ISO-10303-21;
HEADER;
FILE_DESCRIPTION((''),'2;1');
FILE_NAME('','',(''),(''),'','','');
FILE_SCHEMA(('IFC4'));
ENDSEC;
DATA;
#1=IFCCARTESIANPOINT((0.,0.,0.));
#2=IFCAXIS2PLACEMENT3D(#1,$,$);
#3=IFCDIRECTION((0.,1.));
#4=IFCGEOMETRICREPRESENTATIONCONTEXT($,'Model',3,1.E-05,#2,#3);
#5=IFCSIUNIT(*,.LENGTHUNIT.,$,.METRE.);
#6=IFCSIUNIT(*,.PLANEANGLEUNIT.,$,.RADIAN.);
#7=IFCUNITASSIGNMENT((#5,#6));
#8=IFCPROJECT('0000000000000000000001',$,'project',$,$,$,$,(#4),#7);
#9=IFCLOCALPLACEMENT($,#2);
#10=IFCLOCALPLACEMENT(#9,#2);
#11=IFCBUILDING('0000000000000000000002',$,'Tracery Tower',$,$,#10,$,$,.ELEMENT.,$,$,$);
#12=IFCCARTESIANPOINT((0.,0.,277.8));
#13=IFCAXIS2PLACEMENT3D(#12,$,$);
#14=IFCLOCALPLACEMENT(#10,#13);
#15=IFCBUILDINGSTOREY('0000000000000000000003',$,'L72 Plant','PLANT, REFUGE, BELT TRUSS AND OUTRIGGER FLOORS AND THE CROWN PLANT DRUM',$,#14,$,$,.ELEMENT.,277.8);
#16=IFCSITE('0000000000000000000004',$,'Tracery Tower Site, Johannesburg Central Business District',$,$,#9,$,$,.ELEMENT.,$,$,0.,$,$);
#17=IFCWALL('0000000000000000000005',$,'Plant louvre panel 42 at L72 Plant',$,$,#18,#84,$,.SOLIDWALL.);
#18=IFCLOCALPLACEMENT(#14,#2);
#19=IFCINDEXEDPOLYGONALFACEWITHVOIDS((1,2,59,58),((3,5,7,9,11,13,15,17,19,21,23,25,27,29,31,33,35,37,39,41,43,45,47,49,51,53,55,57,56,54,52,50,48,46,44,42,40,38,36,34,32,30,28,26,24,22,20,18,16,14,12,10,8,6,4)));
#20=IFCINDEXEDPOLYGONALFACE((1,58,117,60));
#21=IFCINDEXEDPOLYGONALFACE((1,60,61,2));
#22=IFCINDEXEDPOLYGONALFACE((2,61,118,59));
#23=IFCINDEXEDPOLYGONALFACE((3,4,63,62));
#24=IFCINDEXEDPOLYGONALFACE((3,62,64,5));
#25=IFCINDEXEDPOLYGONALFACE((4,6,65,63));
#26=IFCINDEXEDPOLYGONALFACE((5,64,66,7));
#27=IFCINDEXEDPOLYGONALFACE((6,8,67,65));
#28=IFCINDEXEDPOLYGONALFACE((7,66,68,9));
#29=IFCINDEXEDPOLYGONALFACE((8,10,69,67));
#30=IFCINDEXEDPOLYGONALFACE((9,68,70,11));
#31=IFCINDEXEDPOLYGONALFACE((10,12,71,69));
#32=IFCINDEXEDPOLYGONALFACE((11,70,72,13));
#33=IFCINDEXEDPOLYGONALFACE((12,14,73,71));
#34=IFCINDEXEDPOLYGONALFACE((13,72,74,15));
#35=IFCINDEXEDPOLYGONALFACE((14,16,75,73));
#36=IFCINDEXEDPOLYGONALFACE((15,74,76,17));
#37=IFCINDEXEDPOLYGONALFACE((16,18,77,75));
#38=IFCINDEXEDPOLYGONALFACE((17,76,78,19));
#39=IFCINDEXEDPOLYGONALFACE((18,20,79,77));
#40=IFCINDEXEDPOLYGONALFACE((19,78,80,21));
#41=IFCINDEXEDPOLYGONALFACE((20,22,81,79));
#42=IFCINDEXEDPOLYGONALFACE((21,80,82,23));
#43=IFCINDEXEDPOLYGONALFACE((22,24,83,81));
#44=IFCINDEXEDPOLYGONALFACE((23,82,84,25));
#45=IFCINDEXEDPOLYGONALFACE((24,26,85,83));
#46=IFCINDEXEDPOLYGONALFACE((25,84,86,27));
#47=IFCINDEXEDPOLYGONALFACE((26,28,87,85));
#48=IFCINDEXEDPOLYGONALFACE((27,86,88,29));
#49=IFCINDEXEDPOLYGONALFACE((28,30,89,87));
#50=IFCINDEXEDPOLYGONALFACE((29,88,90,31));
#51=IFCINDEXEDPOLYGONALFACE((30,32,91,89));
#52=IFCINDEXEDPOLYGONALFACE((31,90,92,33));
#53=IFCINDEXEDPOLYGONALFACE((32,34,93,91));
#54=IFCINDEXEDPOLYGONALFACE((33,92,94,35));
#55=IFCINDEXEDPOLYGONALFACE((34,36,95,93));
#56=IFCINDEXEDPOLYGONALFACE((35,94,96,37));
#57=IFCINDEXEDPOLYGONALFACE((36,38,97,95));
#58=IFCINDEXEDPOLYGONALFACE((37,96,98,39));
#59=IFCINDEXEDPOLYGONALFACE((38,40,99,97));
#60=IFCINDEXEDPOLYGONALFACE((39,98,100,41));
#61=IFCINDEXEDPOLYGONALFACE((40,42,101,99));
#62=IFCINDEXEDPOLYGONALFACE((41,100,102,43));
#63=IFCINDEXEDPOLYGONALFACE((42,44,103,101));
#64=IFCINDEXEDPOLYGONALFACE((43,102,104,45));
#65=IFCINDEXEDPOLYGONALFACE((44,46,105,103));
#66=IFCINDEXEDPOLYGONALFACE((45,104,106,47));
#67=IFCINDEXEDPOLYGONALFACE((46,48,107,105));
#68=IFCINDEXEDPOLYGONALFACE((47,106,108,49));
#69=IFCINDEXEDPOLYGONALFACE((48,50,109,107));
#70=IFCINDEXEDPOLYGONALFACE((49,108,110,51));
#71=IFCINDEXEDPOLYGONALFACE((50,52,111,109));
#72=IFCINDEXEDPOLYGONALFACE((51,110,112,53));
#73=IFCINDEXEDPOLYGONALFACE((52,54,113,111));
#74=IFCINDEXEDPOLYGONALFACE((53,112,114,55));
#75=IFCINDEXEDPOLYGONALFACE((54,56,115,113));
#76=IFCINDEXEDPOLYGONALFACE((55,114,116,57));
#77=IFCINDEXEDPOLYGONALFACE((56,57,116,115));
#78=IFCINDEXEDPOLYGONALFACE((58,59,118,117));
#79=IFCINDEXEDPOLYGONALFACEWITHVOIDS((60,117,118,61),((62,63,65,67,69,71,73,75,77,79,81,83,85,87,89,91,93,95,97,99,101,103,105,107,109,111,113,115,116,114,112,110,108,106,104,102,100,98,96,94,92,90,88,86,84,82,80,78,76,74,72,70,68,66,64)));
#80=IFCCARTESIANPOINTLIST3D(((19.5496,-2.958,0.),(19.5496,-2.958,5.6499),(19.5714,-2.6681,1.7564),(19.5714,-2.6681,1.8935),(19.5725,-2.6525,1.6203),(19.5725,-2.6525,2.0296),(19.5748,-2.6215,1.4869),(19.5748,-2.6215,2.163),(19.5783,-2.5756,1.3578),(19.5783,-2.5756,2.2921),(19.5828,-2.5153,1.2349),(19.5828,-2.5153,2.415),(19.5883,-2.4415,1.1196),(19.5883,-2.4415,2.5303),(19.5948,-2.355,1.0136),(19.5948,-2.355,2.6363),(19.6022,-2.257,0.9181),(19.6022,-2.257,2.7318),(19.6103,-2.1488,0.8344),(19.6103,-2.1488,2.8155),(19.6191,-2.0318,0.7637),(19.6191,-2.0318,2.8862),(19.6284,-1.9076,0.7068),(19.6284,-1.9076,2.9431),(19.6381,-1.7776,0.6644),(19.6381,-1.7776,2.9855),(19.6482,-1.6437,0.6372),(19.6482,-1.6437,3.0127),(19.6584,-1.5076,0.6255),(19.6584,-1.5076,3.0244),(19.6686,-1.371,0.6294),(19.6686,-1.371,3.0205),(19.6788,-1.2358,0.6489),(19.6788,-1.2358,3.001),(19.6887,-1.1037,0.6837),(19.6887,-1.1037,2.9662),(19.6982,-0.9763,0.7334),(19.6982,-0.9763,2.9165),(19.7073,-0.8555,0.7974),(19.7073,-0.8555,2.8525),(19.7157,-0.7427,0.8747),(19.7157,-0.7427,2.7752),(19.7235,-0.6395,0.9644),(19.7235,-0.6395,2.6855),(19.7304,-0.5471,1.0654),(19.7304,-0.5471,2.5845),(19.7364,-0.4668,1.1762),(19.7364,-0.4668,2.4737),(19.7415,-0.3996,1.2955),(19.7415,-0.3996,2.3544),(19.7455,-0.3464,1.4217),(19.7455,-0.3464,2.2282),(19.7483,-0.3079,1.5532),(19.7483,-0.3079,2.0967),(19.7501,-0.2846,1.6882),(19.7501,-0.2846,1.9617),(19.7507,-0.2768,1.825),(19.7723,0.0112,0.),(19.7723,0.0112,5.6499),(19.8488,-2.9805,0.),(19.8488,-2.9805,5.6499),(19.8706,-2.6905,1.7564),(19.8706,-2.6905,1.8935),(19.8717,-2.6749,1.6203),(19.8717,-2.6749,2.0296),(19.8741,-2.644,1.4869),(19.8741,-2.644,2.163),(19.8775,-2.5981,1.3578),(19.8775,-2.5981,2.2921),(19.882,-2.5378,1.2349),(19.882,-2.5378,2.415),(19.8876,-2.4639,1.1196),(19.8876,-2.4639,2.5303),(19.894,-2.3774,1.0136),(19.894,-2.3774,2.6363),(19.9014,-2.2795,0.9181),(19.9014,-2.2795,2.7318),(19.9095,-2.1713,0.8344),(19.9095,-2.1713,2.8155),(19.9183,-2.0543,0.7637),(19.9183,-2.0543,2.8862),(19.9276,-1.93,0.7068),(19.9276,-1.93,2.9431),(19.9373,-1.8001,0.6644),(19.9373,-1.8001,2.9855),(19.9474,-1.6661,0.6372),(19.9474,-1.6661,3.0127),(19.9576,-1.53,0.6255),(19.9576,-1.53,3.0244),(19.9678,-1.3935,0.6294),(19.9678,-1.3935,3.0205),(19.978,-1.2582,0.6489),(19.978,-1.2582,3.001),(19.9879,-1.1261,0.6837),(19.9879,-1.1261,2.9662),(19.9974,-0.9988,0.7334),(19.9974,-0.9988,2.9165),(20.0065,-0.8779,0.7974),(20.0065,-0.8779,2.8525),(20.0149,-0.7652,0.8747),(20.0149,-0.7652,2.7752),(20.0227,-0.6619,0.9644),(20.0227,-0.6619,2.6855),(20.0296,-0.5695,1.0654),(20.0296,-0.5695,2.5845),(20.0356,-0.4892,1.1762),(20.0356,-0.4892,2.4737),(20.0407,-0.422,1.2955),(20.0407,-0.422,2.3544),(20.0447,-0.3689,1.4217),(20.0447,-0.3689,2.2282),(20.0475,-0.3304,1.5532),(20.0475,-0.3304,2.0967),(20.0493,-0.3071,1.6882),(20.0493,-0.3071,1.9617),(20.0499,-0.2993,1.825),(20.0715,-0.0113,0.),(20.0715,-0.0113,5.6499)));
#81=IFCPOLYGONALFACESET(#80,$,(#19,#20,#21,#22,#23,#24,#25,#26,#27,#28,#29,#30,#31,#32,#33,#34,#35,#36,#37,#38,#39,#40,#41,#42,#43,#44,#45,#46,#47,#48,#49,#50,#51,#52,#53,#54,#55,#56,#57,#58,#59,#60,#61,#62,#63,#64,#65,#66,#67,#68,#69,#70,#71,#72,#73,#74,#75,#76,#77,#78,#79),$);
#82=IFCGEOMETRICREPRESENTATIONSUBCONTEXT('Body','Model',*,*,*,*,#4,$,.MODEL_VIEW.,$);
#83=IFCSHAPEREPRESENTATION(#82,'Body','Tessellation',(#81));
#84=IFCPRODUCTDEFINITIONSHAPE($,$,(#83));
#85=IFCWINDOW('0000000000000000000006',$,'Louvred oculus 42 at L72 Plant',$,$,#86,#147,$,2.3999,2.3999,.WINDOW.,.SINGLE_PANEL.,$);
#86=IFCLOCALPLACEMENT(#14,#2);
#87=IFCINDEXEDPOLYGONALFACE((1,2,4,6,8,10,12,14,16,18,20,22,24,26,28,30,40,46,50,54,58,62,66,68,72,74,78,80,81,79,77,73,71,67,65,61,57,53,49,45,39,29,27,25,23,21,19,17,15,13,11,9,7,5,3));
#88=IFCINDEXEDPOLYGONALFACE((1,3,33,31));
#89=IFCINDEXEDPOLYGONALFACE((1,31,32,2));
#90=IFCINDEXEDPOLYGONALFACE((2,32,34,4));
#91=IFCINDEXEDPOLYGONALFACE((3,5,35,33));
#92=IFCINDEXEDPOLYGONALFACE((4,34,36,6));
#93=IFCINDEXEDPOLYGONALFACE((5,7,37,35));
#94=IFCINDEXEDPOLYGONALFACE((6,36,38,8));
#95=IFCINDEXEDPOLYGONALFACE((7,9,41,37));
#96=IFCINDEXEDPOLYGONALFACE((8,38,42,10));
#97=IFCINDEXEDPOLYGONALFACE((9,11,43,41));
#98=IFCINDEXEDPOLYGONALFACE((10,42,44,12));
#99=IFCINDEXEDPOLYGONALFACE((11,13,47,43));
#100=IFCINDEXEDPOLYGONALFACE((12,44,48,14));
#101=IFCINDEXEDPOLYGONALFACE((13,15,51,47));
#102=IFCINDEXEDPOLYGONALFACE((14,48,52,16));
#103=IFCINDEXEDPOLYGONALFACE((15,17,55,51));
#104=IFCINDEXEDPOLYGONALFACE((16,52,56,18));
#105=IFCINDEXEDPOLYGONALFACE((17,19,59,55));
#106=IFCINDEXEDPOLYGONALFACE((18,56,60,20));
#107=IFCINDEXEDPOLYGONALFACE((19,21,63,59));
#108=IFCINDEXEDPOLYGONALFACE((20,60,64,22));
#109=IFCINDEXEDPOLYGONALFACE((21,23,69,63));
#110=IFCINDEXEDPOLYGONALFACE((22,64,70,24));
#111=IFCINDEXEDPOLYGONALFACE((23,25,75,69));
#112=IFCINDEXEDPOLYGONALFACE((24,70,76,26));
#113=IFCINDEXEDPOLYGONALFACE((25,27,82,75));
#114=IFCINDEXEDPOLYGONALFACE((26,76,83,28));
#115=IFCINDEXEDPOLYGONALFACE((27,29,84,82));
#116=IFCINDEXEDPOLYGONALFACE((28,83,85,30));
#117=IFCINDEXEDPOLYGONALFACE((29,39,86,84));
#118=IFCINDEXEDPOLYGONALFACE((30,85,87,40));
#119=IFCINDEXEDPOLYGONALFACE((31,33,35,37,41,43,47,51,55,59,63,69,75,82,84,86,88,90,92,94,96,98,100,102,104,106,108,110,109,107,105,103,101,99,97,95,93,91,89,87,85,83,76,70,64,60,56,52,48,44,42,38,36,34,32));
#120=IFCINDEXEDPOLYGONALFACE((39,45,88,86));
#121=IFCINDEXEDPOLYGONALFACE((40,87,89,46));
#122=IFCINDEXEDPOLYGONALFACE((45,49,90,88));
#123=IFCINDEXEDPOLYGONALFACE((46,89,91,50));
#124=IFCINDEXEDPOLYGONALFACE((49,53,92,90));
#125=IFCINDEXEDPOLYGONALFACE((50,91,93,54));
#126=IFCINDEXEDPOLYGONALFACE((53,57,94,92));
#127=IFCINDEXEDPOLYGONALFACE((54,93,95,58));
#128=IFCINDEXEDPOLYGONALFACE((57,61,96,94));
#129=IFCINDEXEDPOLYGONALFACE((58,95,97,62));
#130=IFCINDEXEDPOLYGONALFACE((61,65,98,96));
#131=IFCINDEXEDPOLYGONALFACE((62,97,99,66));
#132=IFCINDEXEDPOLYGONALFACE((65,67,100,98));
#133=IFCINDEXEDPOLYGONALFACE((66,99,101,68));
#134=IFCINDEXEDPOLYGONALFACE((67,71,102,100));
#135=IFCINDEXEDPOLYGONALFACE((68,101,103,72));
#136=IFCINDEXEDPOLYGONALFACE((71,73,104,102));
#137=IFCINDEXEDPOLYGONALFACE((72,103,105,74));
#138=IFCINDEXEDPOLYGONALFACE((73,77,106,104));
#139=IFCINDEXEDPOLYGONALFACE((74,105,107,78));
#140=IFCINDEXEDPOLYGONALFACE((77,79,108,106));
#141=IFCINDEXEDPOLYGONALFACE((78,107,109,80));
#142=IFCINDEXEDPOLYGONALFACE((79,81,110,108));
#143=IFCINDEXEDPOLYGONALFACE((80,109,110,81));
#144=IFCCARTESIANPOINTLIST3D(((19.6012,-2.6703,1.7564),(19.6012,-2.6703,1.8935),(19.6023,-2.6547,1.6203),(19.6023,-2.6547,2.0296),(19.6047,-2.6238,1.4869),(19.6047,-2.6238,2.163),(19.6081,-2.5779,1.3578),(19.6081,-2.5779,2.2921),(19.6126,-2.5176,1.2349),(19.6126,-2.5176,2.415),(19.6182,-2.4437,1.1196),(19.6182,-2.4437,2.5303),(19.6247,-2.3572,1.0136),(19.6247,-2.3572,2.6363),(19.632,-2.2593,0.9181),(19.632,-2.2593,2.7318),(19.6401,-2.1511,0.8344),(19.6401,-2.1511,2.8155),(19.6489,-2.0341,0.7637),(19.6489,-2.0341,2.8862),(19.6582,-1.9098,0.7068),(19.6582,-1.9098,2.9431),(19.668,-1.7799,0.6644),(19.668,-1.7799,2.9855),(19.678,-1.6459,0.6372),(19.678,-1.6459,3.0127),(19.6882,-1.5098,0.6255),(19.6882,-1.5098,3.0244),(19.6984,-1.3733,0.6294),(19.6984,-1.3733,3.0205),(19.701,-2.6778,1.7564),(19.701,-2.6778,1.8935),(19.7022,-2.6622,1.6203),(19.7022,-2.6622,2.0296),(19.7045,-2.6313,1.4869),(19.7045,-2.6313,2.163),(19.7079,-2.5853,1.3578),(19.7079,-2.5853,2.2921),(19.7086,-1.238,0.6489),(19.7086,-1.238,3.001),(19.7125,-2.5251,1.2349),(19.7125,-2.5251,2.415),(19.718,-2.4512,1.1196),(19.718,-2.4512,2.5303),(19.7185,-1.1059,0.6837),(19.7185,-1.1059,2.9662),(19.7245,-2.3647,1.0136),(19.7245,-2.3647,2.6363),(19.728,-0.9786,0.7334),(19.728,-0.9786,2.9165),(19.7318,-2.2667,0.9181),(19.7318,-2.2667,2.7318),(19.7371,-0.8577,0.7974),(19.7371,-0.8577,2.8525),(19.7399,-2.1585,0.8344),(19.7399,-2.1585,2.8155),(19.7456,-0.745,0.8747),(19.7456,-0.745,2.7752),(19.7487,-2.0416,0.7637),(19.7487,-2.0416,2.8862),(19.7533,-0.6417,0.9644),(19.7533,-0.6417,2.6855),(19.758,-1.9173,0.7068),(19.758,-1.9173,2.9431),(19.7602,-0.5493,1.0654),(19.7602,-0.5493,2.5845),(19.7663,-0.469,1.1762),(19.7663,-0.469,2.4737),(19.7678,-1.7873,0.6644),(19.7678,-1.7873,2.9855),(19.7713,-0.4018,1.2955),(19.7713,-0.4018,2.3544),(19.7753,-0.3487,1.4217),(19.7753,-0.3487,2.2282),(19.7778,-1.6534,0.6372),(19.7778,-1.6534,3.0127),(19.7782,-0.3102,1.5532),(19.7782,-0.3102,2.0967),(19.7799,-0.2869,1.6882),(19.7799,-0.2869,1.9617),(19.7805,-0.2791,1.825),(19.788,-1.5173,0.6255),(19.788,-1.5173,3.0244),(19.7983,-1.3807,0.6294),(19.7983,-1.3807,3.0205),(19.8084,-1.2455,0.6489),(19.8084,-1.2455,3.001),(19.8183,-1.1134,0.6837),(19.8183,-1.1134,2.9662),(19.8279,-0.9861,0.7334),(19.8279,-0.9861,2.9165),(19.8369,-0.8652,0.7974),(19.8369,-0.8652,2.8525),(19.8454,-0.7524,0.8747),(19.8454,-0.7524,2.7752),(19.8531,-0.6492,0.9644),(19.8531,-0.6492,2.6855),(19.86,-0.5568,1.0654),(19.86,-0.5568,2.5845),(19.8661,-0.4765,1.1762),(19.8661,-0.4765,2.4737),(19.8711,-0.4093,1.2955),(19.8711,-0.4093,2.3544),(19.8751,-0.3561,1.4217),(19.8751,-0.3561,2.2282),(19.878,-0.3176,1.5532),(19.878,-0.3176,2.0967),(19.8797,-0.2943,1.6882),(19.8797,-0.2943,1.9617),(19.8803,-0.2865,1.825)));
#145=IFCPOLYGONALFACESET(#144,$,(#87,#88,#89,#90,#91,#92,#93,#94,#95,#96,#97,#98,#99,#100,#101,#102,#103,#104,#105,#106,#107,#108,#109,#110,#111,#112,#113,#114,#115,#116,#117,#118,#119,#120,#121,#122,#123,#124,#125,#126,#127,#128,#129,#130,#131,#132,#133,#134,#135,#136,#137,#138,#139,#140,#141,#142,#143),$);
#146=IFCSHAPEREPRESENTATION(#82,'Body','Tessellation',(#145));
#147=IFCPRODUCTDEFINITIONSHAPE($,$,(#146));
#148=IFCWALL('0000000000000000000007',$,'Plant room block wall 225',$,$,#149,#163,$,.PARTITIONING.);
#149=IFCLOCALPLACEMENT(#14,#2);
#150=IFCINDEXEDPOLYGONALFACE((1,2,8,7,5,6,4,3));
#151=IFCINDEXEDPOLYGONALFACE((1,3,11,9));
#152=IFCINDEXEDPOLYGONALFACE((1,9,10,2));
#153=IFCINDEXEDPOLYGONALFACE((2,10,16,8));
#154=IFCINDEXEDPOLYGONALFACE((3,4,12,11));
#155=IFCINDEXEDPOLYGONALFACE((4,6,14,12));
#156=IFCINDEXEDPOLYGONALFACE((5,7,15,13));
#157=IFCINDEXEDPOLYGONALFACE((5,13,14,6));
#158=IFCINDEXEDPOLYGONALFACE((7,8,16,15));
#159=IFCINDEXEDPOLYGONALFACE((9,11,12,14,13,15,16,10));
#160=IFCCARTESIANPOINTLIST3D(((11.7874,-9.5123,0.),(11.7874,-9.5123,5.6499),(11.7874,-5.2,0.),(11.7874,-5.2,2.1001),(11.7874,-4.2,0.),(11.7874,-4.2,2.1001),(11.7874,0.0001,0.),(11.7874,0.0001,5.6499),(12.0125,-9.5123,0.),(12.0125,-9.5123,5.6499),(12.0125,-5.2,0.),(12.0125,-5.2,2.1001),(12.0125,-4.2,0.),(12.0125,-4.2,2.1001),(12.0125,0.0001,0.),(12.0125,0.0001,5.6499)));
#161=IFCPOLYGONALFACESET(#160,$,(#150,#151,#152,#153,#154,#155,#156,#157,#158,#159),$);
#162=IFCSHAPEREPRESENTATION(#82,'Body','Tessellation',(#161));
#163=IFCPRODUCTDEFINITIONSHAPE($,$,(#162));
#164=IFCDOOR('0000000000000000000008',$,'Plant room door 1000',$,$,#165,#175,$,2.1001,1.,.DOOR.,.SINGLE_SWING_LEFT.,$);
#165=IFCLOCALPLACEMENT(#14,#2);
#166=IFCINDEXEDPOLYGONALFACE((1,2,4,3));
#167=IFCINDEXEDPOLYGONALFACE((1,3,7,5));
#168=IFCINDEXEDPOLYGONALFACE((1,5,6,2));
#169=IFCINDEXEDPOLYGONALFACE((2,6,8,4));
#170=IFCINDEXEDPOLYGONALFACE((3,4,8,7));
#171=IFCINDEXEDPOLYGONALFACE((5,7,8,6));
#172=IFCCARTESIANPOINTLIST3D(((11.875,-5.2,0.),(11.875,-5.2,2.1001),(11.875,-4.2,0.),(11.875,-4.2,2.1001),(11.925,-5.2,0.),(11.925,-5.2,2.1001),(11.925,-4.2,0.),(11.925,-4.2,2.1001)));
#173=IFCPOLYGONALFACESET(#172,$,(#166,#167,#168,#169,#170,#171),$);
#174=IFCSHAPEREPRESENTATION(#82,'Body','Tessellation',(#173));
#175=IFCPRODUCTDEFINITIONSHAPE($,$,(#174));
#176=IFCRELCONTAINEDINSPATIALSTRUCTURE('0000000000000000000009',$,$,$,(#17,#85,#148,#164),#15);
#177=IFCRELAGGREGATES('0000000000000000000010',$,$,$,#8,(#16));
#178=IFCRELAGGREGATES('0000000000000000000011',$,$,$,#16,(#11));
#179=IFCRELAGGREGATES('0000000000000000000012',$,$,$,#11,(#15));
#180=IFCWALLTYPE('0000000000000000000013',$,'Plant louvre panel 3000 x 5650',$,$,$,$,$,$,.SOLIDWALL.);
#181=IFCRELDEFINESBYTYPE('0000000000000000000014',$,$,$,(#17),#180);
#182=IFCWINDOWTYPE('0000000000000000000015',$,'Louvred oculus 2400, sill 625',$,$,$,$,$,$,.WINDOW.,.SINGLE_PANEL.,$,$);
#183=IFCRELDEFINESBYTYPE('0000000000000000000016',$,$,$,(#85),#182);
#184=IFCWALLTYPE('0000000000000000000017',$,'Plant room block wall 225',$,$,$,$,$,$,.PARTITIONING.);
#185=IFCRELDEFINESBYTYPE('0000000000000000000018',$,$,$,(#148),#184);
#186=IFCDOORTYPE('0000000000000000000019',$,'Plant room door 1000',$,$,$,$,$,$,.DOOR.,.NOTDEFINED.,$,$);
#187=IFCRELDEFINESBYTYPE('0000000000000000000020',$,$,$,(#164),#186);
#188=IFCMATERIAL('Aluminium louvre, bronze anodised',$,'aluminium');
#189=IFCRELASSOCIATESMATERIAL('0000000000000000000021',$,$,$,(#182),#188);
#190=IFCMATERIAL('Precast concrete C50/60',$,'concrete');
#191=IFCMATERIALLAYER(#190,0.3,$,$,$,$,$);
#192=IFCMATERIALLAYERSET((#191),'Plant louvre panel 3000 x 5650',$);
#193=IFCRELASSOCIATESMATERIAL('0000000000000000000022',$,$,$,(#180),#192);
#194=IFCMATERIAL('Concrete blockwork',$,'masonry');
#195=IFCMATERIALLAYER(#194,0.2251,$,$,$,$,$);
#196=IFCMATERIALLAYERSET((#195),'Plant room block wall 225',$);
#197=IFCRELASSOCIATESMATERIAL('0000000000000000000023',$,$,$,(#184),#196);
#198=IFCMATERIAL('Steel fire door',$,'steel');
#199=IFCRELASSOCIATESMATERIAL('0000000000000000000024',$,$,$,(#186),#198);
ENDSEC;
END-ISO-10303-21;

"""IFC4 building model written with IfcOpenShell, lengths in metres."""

from ifc_helpers import new_model, si_unit, direction, frame, frame_2d, origin, origin_2d, place, context, subcontext, project, spatial, rectangle, circle, extrude, material, layer, layer_set, type_object, element, fill, save


model = new_model("IFC4")

# Units and contexts
model_context = context("Model", 3, precision=1e-05, world=origin(), true_north=direction((0.0, 1.0)))
body_context = subcontext(model_context, "Body", "Model", "MODEL_VIEW")
ifc_project = project(units=[si_unit("LENGTHUNIT", "METRE"), si_unit("PLANEANGLEUNIT", "RADIAN")], contexts=[model_context])

# Site, building, storey
site_placement = place(None, origin())
site = spatial("IfcSite", under=ifc_project, at=site_placement, Name="Tracery Tower Site, Johannesburg Central Business District", CompositionType="ELEMENT", RefElevation=0.0)
building_placement = place(site_placement, origin())
building = spatial("IfcBuilding", under=site, at=building_placement, Name="Tracery Tower", CompositionType="ELEMENT")
storey_placement = place(building_placement, frame((0.0, 0.0, 277.8)))
storey = spatial("IfcBuildingStorey", under=building, at=storey_placement, Name="L72 Plant", Description="PLANT, REFUGE, BELT TRUSS AND OUTRIGGER FLOORS AND THE CROWN PLANT DRUM", CompositionType="ELEMENT", Elevation=277.8)

# Wall, opening, window
ifc_material_1 = material(Name="Aluminium louvre, bronze anodised", Category="aluminium")
window_type = type_object("IfcWindowType", Name="Louvred oculus 2400, sill 625", PartitioningType="SINGLE_PANEL", PredefinedType="WINDOW", material=ifc_material_1)
ifc_material_2 = material(Name="Precast concrete C50/60", Category="concrete")
ifc_layer_1 = layer(ifc_material_2, 0.3)
ifc_layer_set_1 = layer_set([ifc_layer_1], Name="Plant louvre panel 3000 x 5650")
wall_type_1 = type_object("IfcWallType", Name="Plant louvre panel 3000 x 5650", PredefinedType="SOLIDWALL", material=ifc_layer_set_1)
wall_1_placement = place(storey_placement, frame((19.6992, -2.9692, 0.0), z_axis=(0.0, 0.0, 1.0), x_axis=(0.074778, 0.9972, 0.0)))
wall_1 = element("IfcWall", 1, at=wall_1_placement, inside=storey, type_object=wall_type_1, Name="Plant louvre panel 42 at L72 Plant", PredefinedType="SOLIDWALL", context=body_context, shape_type="SweptSolid", body=[
    extrude(rectangle(XDim=2.9775, YDim=0.3, at=frame_2d((1.4888, 0.0))), origin(), (0.0, 0.0, 1.0), 5.6499),
])
opening_1_placement = place(wall_1_placement, frame((1.4888, 0.0, 1.825)))
opening_1 = element("IfcOpeningElement", 2, at=opening_1_placement, cuts=wall_1, PredefinedType="OPENING", context=body_context, shape_type="SweptSolid", body=[
    extrude(circle(Radius=1.2, at=origin_2d()), frame((0.0, 0.1599, 0.0), z_axis=(0.0, -1.0, 0.0), x_axis=(1.0, 0.0, 0.0)), (0.0, 0.0, 1.0), 0.3201),
])
window_1_placement = place(opening_1_placement, origin())
window_1 = element("IfcWindow", 3, at=window_1_placement, inside=storey, type_object=window_type, Name="Louvred oculus 42 at L72 Plant", OverallHeight=2.3999, OverallWidth=2.3999, PartitioningType="SINGLE_PANEL", PredefinedType="WINDOW", context=body_context, shape_type="SweptSolid", body=[
    extrude(circle(Radius=1.2, at=origin_2d()), frame((0.0, 0.1201, 0.0), z_axis=(0.0, -1.0, 0.0), x_axis=(1.0, 0.0, 0.0)), (0.0, 0.0, 1.0), 0.1001),
])
fill(opening_1, window_1)

# Wall, opening, door
ifc_material_3 = material(Name="Concrete blockwork", Category="masonry")
ifc_layer_2 = layer(ifc_material_3, 0.2251)
ifc_layer_set_2 = layer_set([ifc_layer_2], Name="Plant room block wall 225")
wall_type_2 = type_object("IfcWallType", Name="Plant room block wall 225", PredefinedType="PARTITIONING", material=ifc_layer_set_2)
wall_2_placement = place(storey_placement, frame((11.8999, -9.5125, 0.0), z_axis=(0.0, 0.0, 1.0), x_axis=(0.0, 1.0, 0.0)))
wall_2 = element("IfcWall", 4, at=wall_2_placement, inside=storey, type_object=wall_type_2, Name="Plant room block wall 225", PredefinedType="PARTITIONING", context=body_context, shape_type="SweptSolid", body=[
    extrude(rectangle(XDim=9.5125, YDim=0.2251, at=frame_2d((4.7563, 0.0))), origin(), (0.0, 0.0, 1.0), 5.6499),
])
opening_2_placement = place(wall_2_placement, frame((4.3125, 0.0, 0.0)))
opening_2 = element("IfcOpeningElement", 5, at=opening_2_placement, cuts=wall_2, PredefinedType="OPENING", context=body_context, shape_type="SweptSolid", body=[
    extrude(rectangle(XDim=1.0, YDim=2.1001, at=frame_2d((0.5, 1.05))), frame((0.0, 0.1125, 0.0), z_axis=(0.0, -1.0, 0.0), x_axis=(1.0, 0.0, 0.0)), (0.0, 0.0, 1.0), 0.2251),
])
ifc_material_4 = material(Name="Steel fire door", Category="steel")
door_type_1 = type_object("IfcDoorType", Name="Plant room door 1000", OperationType="NOTDEFINED", PredefinedType="DOOR", material=ifc_material_4)
door_1_placement = place(opening_2_placement, origin())
door_1 = element("IfcDoor", 6, at=door_1_placement, inside=storey, type_object=door_type_1, Name="Plant room door 1000", OperationType="SINGLE_SWING_LEFT", OverallHeight=2.1001, OverallWidth=1.0, PredefinedType="DOOR", context=body_context, shape_type="SweptSolid", body=[
    extrude(rectangle(XDim=1.0, YDim=2.1001, at=frame_2d((0.5, 1.05))), frame((0.0, 0.0249, 0.0), z_axis=(0.0, -1.0, 0.0), x_axis=(1.0, 0.0, 0.0)), (0.0, 0.0, 1.0), 0.05),
])
fill(opening_2, door_1)

save(model, "model.ifc")
